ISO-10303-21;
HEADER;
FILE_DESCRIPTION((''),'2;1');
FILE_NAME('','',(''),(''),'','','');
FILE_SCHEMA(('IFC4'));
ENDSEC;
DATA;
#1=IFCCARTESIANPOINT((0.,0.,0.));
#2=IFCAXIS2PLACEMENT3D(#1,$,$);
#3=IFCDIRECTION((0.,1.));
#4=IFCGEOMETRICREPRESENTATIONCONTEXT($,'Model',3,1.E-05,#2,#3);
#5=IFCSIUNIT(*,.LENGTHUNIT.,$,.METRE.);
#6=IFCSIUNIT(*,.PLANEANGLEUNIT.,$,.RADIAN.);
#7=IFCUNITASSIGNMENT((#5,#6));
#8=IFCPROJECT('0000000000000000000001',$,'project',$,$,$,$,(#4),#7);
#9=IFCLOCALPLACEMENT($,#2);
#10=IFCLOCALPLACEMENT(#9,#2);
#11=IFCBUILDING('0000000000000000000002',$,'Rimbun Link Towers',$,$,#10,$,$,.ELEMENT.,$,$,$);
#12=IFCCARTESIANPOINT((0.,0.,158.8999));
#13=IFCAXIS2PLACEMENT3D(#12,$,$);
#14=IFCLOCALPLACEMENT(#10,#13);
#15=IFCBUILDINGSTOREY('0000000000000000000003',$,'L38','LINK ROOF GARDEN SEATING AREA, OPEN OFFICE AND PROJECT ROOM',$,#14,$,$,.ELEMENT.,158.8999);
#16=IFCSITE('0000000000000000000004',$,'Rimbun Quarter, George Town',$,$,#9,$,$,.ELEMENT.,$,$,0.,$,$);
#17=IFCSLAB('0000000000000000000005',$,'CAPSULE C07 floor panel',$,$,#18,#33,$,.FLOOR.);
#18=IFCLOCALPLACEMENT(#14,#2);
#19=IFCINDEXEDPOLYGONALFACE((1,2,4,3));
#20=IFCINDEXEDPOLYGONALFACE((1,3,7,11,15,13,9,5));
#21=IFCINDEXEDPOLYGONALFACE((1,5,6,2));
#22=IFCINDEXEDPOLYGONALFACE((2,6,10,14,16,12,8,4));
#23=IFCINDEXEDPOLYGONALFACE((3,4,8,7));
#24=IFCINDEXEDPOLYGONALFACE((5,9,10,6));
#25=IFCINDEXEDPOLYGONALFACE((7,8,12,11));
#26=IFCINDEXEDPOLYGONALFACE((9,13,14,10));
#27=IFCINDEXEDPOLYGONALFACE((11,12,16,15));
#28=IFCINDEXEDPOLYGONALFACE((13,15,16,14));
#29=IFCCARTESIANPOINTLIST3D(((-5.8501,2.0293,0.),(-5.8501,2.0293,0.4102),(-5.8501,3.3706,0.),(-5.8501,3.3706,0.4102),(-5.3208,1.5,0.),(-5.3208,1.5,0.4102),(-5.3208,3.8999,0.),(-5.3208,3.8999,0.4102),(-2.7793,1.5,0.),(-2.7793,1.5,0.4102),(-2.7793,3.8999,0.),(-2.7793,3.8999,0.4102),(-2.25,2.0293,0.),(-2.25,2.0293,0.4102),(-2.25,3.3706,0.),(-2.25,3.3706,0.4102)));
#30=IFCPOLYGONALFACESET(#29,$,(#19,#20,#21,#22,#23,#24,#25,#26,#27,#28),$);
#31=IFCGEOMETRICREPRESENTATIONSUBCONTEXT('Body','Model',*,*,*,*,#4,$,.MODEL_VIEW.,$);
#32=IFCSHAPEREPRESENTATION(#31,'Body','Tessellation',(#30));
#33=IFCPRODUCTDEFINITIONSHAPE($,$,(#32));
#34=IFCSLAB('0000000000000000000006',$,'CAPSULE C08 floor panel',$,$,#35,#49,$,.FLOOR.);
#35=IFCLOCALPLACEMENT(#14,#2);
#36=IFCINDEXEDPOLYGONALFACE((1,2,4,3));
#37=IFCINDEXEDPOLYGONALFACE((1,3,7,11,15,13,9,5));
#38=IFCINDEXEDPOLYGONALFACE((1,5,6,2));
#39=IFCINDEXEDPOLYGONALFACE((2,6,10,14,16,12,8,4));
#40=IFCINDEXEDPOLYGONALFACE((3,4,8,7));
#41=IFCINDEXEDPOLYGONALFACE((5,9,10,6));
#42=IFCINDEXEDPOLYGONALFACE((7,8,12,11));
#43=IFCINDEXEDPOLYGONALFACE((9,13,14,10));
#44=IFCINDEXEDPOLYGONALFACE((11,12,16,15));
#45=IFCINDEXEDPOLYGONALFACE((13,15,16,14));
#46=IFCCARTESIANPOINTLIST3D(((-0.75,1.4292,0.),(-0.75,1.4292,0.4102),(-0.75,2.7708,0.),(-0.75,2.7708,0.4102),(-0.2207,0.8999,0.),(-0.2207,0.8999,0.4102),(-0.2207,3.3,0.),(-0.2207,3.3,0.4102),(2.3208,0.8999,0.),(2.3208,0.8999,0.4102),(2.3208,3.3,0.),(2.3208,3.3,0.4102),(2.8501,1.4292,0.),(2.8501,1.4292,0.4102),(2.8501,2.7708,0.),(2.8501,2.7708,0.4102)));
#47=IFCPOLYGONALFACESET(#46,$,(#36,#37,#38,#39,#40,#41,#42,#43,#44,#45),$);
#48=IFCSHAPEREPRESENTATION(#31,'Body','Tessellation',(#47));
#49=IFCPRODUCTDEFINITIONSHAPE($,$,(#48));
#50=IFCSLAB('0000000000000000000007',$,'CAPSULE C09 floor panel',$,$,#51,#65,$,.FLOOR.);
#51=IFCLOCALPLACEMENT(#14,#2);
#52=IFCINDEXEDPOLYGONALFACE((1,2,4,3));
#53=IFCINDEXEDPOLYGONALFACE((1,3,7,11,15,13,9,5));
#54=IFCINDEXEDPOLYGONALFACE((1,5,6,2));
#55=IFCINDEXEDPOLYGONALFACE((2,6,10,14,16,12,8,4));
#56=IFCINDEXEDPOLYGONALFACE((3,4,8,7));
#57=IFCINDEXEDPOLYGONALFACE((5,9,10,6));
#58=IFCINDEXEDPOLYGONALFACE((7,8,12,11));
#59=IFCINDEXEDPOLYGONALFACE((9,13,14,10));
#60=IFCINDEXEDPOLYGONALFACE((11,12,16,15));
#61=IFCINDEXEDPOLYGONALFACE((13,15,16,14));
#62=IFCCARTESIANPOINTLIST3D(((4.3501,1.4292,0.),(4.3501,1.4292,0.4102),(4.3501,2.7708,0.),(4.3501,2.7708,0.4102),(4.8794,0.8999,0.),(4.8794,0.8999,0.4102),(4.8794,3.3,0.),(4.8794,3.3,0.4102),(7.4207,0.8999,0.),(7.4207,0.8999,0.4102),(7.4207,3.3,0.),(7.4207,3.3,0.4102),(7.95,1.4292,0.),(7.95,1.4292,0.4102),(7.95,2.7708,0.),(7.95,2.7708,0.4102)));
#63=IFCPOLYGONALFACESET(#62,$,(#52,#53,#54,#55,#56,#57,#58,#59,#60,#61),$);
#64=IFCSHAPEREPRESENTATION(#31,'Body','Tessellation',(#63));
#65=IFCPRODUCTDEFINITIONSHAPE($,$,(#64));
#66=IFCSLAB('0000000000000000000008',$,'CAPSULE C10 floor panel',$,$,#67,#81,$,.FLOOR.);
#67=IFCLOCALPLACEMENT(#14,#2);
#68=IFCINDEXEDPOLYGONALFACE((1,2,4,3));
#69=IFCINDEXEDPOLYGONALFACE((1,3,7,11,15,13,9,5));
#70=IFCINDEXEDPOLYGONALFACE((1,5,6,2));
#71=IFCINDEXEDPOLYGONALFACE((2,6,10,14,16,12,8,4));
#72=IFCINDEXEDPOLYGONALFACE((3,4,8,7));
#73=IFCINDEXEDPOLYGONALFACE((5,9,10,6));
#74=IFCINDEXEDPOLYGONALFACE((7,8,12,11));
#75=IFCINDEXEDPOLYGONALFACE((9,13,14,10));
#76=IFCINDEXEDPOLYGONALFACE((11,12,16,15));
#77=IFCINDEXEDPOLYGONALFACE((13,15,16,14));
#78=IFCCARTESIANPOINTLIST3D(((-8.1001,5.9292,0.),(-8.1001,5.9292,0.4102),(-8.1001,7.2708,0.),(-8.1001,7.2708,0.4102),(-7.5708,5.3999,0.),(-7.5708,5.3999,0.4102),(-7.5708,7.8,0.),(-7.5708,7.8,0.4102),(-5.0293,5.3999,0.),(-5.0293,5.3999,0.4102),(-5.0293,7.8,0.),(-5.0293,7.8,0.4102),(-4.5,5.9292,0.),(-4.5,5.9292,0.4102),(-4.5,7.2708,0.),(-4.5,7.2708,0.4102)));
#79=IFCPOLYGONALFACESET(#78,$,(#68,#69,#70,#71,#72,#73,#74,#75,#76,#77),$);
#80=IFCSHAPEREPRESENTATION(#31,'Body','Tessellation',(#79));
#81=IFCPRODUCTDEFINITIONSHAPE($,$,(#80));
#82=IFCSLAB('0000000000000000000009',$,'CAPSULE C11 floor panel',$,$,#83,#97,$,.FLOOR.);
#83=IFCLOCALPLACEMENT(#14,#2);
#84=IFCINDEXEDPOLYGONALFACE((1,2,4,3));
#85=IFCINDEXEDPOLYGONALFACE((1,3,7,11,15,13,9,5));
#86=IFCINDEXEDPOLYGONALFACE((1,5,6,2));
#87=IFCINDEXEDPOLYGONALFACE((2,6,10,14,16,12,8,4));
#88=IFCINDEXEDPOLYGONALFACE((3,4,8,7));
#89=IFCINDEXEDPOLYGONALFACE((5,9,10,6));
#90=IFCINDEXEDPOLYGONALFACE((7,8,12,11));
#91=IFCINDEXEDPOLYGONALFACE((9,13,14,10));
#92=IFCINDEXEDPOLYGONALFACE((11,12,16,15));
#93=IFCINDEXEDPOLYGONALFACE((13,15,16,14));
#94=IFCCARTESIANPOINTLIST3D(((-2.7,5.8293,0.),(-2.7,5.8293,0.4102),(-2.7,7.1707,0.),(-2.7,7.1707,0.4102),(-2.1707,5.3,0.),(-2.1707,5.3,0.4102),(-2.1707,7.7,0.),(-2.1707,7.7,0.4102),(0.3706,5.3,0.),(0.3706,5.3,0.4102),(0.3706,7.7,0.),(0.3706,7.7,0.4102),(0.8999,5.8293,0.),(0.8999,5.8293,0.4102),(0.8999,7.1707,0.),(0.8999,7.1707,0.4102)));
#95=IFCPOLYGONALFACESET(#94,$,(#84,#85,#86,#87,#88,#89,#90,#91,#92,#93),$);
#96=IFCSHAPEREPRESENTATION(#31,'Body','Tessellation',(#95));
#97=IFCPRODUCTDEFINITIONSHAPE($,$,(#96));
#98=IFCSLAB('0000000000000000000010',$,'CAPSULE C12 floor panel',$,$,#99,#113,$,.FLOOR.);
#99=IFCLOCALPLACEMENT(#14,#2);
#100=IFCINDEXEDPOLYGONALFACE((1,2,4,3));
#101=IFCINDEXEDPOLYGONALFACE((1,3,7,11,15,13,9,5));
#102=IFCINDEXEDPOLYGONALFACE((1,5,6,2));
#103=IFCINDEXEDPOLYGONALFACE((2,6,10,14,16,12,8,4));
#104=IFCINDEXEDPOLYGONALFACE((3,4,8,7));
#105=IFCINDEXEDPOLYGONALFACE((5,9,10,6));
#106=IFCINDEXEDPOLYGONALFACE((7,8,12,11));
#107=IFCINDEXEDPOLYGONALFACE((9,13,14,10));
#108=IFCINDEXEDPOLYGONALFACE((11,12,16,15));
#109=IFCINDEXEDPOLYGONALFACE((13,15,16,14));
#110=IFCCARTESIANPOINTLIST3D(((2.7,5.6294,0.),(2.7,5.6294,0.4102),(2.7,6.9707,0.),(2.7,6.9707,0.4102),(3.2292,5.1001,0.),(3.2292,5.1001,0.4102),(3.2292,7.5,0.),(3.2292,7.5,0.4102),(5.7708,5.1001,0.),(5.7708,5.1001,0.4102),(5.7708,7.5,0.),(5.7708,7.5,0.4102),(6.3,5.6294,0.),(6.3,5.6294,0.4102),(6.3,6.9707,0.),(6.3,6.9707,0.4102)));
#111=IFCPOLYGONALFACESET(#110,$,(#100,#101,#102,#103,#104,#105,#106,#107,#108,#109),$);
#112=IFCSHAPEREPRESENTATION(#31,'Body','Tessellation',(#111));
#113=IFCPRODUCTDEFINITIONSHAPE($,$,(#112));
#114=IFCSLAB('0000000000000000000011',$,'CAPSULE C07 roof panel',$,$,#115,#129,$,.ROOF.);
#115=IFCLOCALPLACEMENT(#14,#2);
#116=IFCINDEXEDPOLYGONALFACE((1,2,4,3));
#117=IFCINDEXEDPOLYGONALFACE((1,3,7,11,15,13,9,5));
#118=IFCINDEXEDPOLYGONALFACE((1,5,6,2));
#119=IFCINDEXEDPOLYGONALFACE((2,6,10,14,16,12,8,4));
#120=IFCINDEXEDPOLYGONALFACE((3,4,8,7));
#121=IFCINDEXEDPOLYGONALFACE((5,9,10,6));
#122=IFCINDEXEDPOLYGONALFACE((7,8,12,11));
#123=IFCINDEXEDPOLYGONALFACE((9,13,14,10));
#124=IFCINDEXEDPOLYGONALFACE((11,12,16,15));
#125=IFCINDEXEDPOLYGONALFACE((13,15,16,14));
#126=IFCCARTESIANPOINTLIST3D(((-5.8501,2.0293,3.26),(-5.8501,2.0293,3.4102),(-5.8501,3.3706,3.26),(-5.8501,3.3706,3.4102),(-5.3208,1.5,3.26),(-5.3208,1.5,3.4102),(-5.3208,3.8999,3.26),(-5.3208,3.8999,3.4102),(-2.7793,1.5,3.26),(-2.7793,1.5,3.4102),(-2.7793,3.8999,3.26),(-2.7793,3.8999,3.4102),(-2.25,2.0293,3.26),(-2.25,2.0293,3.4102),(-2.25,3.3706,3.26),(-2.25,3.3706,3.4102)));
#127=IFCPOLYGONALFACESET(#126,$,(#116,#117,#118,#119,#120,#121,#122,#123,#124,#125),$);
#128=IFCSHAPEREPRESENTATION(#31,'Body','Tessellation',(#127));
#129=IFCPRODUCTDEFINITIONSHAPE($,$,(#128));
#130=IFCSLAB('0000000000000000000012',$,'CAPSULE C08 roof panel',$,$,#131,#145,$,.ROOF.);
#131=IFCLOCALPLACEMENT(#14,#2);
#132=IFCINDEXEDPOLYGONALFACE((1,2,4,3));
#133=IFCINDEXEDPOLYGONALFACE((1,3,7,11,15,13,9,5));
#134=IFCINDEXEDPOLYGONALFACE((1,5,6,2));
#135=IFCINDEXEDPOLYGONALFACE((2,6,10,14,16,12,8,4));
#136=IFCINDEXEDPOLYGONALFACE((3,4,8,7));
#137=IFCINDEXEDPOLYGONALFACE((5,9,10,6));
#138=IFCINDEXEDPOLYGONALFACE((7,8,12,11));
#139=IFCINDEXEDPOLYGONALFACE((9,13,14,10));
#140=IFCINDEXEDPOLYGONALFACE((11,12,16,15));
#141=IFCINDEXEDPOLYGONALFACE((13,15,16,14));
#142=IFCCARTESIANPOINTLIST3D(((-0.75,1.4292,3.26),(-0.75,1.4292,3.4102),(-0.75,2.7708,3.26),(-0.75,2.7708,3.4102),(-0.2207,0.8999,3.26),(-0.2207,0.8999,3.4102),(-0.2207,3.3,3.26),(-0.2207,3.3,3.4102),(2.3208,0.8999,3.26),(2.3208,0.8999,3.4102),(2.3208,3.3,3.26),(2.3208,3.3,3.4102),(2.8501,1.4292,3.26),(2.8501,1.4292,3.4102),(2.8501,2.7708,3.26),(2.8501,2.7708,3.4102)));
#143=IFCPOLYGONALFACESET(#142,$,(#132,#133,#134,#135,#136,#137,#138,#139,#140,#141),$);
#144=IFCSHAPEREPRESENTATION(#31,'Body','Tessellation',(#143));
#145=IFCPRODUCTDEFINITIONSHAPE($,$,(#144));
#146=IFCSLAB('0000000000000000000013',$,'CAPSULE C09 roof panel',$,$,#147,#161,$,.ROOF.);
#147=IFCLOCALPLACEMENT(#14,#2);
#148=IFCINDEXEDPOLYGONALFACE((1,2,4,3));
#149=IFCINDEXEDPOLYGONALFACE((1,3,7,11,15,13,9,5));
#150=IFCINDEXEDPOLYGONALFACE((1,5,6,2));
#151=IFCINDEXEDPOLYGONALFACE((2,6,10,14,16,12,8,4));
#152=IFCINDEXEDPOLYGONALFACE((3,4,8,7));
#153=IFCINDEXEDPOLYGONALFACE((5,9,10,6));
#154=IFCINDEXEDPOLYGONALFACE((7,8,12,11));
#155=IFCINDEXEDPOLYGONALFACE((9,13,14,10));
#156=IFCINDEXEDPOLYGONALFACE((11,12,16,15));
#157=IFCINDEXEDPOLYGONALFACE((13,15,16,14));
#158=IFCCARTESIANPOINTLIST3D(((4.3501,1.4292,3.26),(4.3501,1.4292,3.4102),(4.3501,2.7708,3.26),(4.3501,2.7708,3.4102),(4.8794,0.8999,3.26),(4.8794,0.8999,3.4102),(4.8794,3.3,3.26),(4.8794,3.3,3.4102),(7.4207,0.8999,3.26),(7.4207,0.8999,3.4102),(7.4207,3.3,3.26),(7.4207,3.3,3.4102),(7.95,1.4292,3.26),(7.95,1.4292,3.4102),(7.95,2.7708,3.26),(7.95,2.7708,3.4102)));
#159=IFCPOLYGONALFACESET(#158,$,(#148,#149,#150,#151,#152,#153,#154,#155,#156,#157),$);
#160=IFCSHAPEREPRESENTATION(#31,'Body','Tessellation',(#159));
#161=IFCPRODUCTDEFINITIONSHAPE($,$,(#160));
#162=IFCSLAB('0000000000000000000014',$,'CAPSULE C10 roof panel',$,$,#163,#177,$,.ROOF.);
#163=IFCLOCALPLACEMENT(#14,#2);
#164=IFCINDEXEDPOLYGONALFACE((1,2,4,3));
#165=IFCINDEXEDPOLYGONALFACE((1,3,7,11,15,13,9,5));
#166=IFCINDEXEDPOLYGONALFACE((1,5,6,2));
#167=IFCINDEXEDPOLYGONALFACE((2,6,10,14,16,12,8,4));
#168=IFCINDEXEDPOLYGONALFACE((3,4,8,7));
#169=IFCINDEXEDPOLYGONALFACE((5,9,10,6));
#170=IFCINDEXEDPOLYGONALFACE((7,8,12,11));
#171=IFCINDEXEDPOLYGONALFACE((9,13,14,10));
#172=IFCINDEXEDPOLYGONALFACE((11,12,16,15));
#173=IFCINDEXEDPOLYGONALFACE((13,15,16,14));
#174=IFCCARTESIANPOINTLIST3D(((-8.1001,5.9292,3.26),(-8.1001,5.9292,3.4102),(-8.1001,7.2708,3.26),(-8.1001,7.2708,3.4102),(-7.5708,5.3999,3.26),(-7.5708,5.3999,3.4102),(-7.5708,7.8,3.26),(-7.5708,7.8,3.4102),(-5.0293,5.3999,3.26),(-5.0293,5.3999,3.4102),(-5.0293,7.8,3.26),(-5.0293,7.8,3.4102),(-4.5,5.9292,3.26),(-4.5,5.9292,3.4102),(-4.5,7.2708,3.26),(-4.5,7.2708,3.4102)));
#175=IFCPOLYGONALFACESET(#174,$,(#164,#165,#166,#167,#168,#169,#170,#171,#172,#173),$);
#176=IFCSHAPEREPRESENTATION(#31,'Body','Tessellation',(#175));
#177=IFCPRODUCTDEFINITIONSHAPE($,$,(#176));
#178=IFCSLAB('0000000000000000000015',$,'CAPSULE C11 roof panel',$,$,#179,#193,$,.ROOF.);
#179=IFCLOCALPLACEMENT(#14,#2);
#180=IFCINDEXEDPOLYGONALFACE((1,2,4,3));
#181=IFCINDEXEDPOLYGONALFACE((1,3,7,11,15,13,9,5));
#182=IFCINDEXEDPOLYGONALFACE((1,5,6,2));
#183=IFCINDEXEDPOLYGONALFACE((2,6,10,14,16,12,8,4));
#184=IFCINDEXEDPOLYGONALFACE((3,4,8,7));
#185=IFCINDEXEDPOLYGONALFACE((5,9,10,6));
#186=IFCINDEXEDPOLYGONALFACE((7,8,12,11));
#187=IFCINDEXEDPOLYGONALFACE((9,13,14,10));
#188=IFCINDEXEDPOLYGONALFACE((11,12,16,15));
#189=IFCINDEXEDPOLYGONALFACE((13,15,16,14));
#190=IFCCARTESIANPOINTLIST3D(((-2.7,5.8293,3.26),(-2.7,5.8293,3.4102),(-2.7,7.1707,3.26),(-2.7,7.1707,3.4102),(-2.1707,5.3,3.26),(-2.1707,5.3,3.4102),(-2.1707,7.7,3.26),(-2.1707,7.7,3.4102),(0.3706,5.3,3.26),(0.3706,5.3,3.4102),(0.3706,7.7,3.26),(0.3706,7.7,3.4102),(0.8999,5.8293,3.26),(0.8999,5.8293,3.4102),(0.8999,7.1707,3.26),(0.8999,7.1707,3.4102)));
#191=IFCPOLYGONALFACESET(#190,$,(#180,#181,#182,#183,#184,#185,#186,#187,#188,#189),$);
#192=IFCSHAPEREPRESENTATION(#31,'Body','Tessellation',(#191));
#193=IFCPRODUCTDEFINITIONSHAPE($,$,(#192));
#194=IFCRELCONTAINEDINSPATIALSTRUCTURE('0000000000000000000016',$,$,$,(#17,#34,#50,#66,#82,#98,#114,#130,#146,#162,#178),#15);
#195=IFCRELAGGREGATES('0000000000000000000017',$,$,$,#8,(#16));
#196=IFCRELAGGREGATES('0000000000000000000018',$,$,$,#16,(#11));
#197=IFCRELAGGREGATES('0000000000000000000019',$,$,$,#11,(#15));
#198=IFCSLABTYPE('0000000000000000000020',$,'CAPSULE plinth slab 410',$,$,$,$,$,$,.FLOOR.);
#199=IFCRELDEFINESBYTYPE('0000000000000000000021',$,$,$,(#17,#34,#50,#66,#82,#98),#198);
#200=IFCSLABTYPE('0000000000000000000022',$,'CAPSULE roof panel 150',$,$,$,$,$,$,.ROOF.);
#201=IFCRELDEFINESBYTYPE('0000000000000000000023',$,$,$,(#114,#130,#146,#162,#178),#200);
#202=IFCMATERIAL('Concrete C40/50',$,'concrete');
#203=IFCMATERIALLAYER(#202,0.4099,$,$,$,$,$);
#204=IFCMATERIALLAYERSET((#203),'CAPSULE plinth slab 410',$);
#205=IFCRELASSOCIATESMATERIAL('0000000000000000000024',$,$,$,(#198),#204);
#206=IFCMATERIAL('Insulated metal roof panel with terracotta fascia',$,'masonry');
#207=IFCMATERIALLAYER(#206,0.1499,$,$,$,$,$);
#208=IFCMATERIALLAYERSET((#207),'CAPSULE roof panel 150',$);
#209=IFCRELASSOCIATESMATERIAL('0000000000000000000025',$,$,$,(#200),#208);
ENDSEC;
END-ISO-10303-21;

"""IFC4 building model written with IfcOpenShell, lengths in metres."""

from ifc_helpers import new_model, si_unit, direction, frame, origin, place, context, subcontext, project, spatial, polyline, outline, extrude, material, layer, layer_set, type_object, element, save


model = new_model("IFC4")

# Units and contexts
model_context = context("Model", 3, precision=1e-05, world=origin(), true_north=direction((0.0, 1.0)))
body_context = subcontext(model_context, "Body", "Model", "MODEL_VIEW")
ifc_project = project(units=[si_unit("LENGTHUNIT", "METRE"), si_unit("PLANEANGLEUNIT", "RADIAN")], contexts=[model_context])

# Site, building, storey
site_placement = place(None, origin())
site = spatial("IfcSite", under=ifc_project, at=site_placement, Name="Rimbun Quarter, George Town", CompositionType="ELEMENT", RefElevation=0.0)
building_placement = place(site_placement, origin())
building = spatial("IfcBuilding", under=site, at=building_placement, Name="Rimbun Link Towers", CompositionType="ELEMENT")
storey_placement = place(building_placement, frame((0.0, 0.0, 158.8999)))
storey = spatial("IfcBuildingStorey", under=building, at=storey_placement, Name="L38", Description="LINK ROOF GARDEN SEATING AREA, OPEN OFFICE AND PROJECT ROOM", CompositionType="ELEMENT", Elevation=158.8999)

# Slabs
ifc_material_1 = material(Name="Concrete C40/50", Category="concrete")
ifc_layer_1 = layer(ifc_material_1, 0.4099)
ifc_layer_set_1 = layer_set([ifc_layer_1], Name="CAPSULE plinth slab 410")
slab_type_1 = type_object("IfcSlabType", Name="CAPSULE plinth slab 410", PredefinedType="FLOOR", material=ifc_layer_set_1)
slab_1_placement = place(storey_placement, origin())
element("IfcSlab", 1, at=slab_1_placement, inside=storey, type_object=slab_type_1, Name="CAPSULE C07 floor panel", PredefinedType="FLOOR", context=body_context, shape_type="SweptSolid", body=[
    extrude(outline(polyline([(-2.25, 3.3706), (-2.7793, 3.8999), (-5.3208, 3.8999), (-5.8501, 3.3706), (-5.8501, 2.0293), (-5.3208, 1.5), (-2.7793, 1.5), (-2.25, 2.0293), (-2.25, 3.3706)])), origin(), (0.0, 0.0, 1.0), 0.4102),
])
slab_2_placement = place(storey_placement, origin())
element("IfcSlab", 2, at=slab_2_placement, inside=storey, type_object=slab_type_1, Name="CAPSULE C08 floor panel", PredefinedType="FLOOR", context=body_context, shape_type="SweptSolid", body=[
    extrude(outline(polyline([(2.8501, 2.7708), (2.3208, 3.3), (-0.2207, 3.3), (-0.75, 2.7708), (-0.75, 1.4292), (-0.2207, 0.8999), (2.3208, 0.8999), (2.8501, 1.4292), (2.8501, 2.7708)])), origin(), (0.0, 0.0, 1.0), 0.4102),
])
slab_3_placement = place(storey_placement, origin())
element("IfcSlab", 3, at=slab_3_placement, inside=storey, type_object=slab_type_1, Name="CAPSULE C09 floor panel", PredefinedType="FLOOR", context=body_context, shape_type="SweptSolid", body=[
    extrude(outline(polyline([(7.95, 2.7708), (7.4207, 3.3), (4.8794, 3.3), (4.3501, 2.7708), (4.3501, 1.4292), (4.8794, 0.8999), (7.4207, 0.8999), (7.95, 1.4292), (7.95, 2.7708)])), origin(), (0.0, 0.0, 1.0), 0.4102),
])
slab_4_placement = place(storey_placement, origin())
element("IfcSlab", 4, at=slab_4_placement, inside=storey, type_object=slab_type_1, Name="CAPSULE C10 floor panel", PredefinedType="FLOOR", context=body_context, shape_type="SweptSolid", body=[
    extrude(outline(polyline([(-4.5, 7.2708), (-5.0293, 7.8), (-7.5708, 7.8), (-8.1001, 7.2708), (-8.1001, 5.9292), (-7.5708, 5.3999), (-5.0293, 5.3999), (-4.5, 5.9292), (-4.5, 7.2708)])), origin(), (0.0, 0.0, 1.0), 0.4102),
])
slab_5_placement = place(storey_placement, origin())
element("IfcSlab", 5, at=slab_5_placement, inside=storey, type_object=slab_type_1, Name="CAPSULE C11 floor panel", PredefinedType="FLOOR", context=body_context, shape_type="SweptSolid", body=[
    extrude(outline(polyline([(0.8999, 7.1707), (0.3706, 7.7), (-2.1707, 7.7), (-2.7, 7.1707), (-2.7, 5.8293), (-2.1707, 5.3), (0.3706, 5.3), (0.8999, 5.8293), (0.8999, 7.1707)])), origin(), (0.0, 0.0, 1.0), 0.4102),
])
slab_6_placement = place(storey_placement, origin())
element("IfcSlab", 6, at=slab_6_placement, inside=storey, type_object=slab_type_1, Name="CAPSULE C12 floor panel", PredefinedType="FLOOR", context=body_context, shape_type="SweptSolid", body=[
    extrude(outline(polyline([(6.3, 6.9707), (5.7708, 7.5), (3.2292, 7.5), (2.7, 6.9707), (2.7, 5.6294), (3.2292, 5.1001), (5.7708, 5.1001), (6.3, 5.6294), (6.3, 6.9707)])), origin(), (0.0, 0.0, 1.0), 0.4102),
])
ifc_material_2 = material(Name="Insulated metal roof panel with terracotta fascia", Category="masonry")
ifc_layer_2 = layer(ifc_material_2, 0.1499)
ifc_layer_set_2 = layer_set([ifc_layer_2], Name="CAPSULE roof panel 150")
slab_type_2 = type_object("IfcSlabType", Name="CAPSULE roof panel 150", PredefinedType="ROOF", material=ifc_layer_set_2)
slab_7_placement = place(storey_placement, frame((0.0, 0.0, 3.26)))
element("IfcSlab", 7, at=slab_7_placement, inside=storey, type_object=slab_type_2, Name="CAPSULE C07 roof panel", PredefinedType="ROOF", context=body_context, shape_type="SweptSolid", body=[
    extrude(outline(polyline([(-2.25, 3.3706), (-2.7793, 3.8999), (-5.3208, 3.8999), (-5.8501, 3.3706), (-5.8501, 2.0293), (-5.3208, 1.5), (-2.7793, 1.5), (-2.25, 2.0293), (-2.25, 3.3706)])), origin(), (0.0, 0.0, 1.0), 0.1501),
])
slab_8_placement = place(storey_placement, frame((0.0, 0.0, 3.26)))
element("IfcSlab", 8, at=slab_8_placement, inside=storey, type_object=slab_type_2, Name="CAPSULE C08 roof panel", PredefinedType="ROOF", context=body_context, shape_type="SweptSolid", body=[
    extrude(outline(polyline([(2.8501, 2.7708), (2.3208, 3.3), (-0.2207, 3.3), (-0.75, 2.7708), (-0.75, 1.4292), (-0.2207, 0.8999), (2.3208, 0.8999), (2.8501, 1.4292), (2.8501, 2.7708)])), origin(), (0.0, 0.0, 1.0), 0.1501),
])
slab_9_placement = place(storey_placement, frame((0.0, 0.0, 3.26)))
element("IfcSlab", 9, at=slab_9_placement, inside=storey, type_object=slab_type_2, Name="CAPSULE C09 roof panel", PredefinedType="ROOF", context=body_context, shape_type="SweptSolid", body=[
    extrude(outline(polyline([(7.95, 2.7708), (7.4207, 3.3), (4.8794, 3.3), (4.3501, 2.7708), (4.3501, 1.4292), (4.8794, 0.8999), (7.4207, 0.8999), (7.95, 1.4292), (7.95, 2.7708)])), origin(), (0.0, 0.0, 1.0), 0.1501),
])
slab_10_placement = place(storey_placement, frame((0.0, 0.0, 3.26)))
element("IfcSlab", 10, at=slab_10_placement, inside=storey, type_object=slab_type_2, Name="CAPSULE C10 roof panel", PredefinedType="ROOF", context=body_context, shape_type="SweptSolid", body=[
    extrude(outline(polyline([(-4.5, 7.2708), (-5.0293, 7.8), (-7.5708, 7.8), (-8.1001, 7.2708), (-8.1001, 5.9292), (-7.5708, 5.3999), (-5.0293, 5.3999), (-4.5, 5.9292), (-4.5, 7.2708)])), origin(), (0.0, 0.0, 1.0), 0.1501),
])
slab_11_placement = place(storey_placement, frame((0.0, 0.0, 3.26)))
element("IfcSlab", 11, at=slab_11_placement, inside=storey, type_object=slab_type_2, Name="CAPSULE C11 roof panel", PredefinedType="ROOF", context=body_context, shape_type="SweptSolid", body=[
    extrude(outline(polyline([(0.8999, 7.1707), (0.3706, 7.7), (-2.1707, 7.7), (-2.7, 7.1707), (-2.7, 5.8293), (-2.1707, 5.3), (0.3706, 5.3), (0.8999, 5.8293), (0.8999, 7.1707)])), origin(), (0.0, 0.0, 1.0), 0.1501),
])

save(model, "model.ifc")
